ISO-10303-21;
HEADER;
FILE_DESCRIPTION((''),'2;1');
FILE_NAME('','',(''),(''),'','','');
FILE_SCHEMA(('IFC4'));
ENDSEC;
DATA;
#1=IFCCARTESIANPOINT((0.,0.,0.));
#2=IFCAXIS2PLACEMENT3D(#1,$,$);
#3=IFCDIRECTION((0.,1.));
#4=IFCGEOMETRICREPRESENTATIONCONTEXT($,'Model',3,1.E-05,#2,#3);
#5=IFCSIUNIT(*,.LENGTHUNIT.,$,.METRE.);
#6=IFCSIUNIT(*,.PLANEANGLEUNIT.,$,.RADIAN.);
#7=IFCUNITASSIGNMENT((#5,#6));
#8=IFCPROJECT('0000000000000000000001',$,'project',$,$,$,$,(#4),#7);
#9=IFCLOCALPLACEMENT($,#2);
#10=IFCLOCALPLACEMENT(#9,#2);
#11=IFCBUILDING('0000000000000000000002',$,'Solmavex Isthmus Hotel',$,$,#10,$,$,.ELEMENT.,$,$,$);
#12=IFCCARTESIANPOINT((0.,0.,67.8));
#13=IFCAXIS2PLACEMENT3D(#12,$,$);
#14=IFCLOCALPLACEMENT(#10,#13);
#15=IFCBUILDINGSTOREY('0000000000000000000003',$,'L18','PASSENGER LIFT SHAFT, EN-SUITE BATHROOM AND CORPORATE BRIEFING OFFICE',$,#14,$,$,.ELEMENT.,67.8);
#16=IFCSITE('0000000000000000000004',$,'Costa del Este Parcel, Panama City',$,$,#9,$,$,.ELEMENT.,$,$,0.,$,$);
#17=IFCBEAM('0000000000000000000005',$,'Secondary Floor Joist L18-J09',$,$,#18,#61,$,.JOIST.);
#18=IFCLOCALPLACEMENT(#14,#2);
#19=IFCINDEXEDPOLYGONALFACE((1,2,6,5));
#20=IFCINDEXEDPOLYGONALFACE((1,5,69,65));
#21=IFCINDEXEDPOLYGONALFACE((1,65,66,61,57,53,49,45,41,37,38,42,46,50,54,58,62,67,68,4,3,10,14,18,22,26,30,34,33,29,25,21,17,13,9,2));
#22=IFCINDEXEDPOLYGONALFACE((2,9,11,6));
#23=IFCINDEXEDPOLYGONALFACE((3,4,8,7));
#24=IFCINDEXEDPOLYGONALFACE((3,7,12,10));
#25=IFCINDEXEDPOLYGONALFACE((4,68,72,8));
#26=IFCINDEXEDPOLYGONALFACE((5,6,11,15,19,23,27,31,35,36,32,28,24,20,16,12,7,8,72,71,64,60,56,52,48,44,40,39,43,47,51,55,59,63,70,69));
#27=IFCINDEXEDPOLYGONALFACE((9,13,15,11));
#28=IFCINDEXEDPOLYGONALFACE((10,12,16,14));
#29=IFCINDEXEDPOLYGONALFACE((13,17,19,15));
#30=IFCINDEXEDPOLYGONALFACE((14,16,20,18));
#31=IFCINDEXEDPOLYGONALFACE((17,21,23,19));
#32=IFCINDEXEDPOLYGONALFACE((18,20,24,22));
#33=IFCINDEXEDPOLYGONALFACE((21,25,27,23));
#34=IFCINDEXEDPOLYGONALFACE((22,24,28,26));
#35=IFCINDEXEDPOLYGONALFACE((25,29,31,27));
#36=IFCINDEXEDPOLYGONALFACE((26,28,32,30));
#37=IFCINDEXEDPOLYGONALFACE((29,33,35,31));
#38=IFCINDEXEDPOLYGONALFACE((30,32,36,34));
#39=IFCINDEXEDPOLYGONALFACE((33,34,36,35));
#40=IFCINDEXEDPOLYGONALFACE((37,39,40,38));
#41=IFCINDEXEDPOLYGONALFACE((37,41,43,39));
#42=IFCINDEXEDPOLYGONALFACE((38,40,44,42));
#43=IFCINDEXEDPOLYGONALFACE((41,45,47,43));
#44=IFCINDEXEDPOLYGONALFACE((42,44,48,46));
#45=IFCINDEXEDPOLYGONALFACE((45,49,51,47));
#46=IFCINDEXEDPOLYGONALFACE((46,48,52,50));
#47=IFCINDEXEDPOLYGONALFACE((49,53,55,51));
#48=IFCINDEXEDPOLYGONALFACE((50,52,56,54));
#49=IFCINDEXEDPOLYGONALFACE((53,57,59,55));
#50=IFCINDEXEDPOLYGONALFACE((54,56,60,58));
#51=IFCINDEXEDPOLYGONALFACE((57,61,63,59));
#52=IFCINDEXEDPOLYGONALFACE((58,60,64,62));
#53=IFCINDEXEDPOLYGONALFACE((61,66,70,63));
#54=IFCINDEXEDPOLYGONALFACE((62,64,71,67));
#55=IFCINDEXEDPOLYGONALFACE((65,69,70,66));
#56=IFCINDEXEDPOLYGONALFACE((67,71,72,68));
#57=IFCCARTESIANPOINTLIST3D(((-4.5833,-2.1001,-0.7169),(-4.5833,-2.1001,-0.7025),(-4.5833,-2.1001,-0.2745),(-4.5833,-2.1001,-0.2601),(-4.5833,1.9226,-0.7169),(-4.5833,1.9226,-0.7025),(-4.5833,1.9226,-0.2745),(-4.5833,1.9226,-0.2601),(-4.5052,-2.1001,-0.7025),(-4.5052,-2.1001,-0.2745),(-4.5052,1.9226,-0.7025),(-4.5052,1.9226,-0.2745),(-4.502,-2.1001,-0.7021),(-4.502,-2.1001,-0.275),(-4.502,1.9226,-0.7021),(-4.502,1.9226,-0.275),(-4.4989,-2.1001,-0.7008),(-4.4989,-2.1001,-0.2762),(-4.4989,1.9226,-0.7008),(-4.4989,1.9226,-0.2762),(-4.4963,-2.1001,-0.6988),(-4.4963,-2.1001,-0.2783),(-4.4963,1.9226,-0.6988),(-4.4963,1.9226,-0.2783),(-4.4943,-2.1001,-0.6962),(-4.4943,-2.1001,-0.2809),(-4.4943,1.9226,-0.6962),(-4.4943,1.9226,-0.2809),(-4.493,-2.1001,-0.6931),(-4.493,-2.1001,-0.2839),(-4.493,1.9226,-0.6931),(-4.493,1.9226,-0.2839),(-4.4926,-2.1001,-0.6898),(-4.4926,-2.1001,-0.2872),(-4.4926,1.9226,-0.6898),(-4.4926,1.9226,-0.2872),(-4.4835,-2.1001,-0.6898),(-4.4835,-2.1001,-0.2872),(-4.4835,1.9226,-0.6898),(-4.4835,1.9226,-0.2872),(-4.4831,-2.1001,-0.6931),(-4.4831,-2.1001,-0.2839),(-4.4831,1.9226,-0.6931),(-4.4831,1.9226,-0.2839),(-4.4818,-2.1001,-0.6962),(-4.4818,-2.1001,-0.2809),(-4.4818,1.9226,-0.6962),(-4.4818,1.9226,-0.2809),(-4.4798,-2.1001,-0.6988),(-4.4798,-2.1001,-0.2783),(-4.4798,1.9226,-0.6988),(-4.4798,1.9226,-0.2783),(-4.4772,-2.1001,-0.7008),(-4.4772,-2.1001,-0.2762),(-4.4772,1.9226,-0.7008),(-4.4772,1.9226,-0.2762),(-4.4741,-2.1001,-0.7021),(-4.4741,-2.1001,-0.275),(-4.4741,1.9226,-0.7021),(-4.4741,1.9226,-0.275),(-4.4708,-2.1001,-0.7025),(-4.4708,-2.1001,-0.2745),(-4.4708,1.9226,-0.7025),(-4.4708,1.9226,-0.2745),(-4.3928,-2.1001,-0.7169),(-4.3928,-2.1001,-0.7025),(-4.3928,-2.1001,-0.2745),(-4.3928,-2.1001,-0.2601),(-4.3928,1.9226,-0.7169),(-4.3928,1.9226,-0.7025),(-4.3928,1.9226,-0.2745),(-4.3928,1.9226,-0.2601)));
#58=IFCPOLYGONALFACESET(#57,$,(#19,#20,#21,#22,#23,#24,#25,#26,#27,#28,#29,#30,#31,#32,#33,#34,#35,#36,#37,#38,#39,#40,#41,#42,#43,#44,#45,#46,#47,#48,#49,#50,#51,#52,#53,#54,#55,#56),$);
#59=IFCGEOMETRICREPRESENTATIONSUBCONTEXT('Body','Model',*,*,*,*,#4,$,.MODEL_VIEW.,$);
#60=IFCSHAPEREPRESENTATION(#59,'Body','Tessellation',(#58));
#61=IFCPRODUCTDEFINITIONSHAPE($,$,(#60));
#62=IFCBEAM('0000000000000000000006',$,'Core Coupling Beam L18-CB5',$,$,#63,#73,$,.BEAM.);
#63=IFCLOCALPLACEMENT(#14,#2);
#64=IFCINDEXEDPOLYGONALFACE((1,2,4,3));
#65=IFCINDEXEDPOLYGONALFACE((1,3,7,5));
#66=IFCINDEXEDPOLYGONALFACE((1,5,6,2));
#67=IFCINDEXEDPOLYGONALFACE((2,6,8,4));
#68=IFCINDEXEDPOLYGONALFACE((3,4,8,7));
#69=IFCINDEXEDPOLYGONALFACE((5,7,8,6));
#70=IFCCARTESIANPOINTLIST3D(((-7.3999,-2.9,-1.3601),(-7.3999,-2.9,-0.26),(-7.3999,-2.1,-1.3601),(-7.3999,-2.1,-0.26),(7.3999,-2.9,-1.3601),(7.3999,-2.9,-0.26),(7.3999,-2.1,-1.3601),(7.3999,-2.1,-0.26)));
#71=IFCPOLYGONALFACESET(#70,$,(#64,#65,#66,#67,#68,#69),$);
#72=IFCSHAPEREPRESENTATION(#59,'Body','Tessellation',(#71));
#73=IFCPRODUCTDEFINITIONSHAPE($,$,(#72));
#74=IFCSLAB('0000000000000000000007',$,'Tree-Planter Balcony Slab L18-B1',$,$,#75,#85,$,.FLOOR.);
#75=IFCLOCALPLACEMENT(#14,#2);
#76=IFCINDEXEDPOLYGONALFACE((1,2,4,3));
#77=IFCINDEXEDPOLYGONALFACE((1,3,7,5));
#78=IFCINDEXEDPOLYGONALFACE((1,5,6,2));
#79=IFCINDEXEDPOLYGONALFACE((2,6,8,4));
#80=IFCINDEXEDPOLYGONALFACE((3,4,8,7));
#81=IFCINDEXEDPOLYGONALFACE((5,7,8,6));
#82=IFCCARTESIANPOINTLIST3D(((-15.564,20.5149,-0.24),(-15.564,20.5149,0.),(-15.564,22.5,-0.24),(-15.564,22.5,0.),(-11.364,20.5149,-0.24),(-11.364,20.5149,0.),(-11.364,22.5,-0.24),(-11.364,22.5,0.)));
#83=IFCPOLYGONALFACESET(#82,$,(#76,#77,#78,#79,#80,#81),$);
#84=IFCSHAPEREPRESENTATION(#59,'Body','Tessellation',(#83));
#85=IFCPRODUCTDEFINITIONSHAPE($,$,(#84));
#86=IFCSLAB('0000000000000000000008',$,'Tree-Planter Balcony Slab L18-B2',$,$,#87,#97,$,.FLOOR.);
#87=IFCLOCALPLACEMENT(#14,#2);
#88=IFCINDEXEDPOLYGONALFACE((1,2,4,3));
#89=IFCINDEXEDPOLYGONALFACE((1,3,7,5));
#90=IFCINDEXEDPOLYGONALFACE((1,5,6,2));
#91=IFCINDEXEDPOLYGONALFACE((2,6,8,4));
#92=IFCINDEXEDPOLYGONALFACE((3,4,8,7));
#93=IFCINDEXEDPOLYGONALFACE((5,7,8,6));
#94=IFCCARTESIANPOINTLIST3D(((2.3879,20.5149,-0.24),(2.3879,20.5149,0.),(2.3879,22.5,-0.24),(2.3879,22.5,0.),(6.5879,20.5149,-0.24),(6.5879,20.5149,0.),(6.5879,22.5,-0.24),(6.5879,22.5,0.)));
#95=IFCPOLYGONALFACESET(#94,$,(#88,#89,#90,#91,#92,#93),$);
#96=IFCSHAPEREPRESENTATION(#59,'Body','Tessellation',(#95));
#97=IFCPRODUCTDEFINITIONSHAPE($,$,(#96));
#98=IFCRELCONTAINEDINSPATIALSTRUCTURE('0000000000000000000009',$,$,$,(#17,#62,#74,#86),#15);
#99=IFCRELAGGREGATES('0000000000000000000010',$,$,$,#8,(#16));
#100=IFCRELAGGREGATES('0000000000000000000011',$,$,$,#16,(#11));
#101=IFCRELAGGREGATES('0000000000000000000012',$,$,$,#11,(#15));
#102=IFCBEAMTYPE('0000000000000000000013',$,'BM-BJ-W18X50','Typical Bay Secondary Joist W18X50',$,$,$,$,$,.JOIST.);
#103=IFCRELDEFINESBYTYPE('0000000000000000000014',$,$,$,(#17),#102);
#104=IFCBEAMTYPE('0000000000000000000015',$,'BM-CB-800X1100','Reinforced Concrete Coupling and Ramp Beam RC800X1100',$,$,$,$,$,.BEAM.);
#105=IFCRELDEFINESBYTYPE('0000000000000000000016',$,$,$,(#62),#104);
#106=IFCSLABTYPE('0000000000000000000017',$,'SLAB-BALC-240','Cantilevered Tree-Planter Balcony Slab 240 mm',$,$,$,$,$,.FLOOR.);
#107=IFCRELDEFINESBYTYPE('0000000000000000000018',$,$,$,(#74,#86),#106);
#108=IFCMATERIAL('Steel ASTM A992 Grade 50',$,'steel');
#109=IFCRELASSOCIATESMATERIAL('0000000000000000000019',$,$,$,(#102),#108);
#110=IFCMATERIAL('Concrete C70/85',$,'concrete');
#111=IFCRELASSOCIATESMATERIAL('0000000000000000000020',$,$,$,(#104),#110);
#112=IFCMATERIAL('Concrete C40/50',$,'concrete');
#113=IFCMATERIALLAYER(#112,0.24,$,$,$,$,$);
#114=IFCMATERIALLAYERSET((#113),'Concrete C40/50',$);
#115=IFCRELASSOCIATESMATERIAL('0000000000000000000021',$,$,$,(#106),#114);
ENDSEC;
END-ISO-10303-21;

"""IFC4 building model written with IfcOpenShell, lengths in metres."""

from ifc_helpers import new_model, si_unit, direction, frame, origin, origin_2d, place, context, subcontext, project, spatial, polyline, rectangle, i_section, outline, extrude, material, layer, layer_set, material_profile, profile_set, type_object, element, save


model = new_model("IFC4")

# Units and contexts
model_context = context("Model", 3, precision=1e-05, world=origin(), true_north=direction((0.0, 1.0)))
body_context = subcontext(model_context, "Body", "Model", "MODEL_VIEW")
ifc_project = project(units=[si_unit("LENGTHUNIT", "METRE"), si_unit("PLANEANGLEUNIT", "RADIAN")], contexts=[model_context])

# Site, building, storey
site_placement = place(None, origin())
site = spatial("IfcSite", under=ifc_project, at=site_placement, Name="Costa del Este Parcel, Panama City", CompositionType="ELEMENT", RefElevation=0.0)
building_placement = place(site_placement, origin())
building = spatial("IfcBuilding", under=site, at=building_placement, Name="Solmavex Isthmus Hotel", CompositionType="ELEMENT")
storey_placement = place(building_placement, frame((0.0, 0.0, 67.8)))
storey = spatial("IfcBuildingStorey", under=building, at=storey_placement, Name="L18", Description="PASSENGER LIFT SHAFT, EN-SUITE BATHROOM AND CORPORATE BRIEFING OFFICE", CompositionType="ELEMENT", Elevation=67.8)

# Shared definitions
ifc_material_1 = material(Name="Concrete C70/85", Category="concrete")

# Beams
ifc_material_2 = material(Name="Steel ASTM A992 Grade 50", Category="steel")
ifc_material_profile_1 = material_profile(ifc_material_2, i_section(OverallWidth=0.1904, OverallDepth=0.4568, WebThickness=0.009, FlangeThickness=0.0144, FilletRadius=0.0127, at=origin_2d()), Name="W18X50")
ifc_profile_set_1 = profile_set([ifc_material_profile_1], Name="Steel ASTM A992 Grade 50")
beam_type_1 = type_object("IfcBeamType", Name="BM-BJ-W18X50", Description="Typical Bay Secondary Joist W18X50", PredefinedType="JOIST", material=ifc_profile_set_1)
for number, where, z_axis, x_axis, name in (
    (1, (-4.488, -2.1001, -0.4885), (0.0, 1.0, 0.0), (-1.0, 0.0, 0.0), "Secondary Floor Joist L18-J09"),
):
    element("IfcBeam", number, at=place(storey_placement, frame(where, z_axis=z_axis, x_axis=x_axis)), inside=storey, type_object=beam_type_1, Name=name, PredefinedType="JOIST", context=body_context, shape_type="SweptSolid", body=[
        extrude(i_section(OverallWidth=0.1904, OverallDepth=0.4568, WebThickness=0.009, FlangeThickness=0.0144, FilletRadius=0.0127, at=origin_2d()), origin(), (0.0, 0.0, 1.0), 4.0227),
    ])
ifc_material_profile_2 = material_profile(ifc_material_1, rectangle(XDim=0.8, YDim=1.1001, at=origin_2d()), Name="RC800X1100")
ifc_profile_set_2 = profile_set([ifc_material_profile_2], Name="Concrete C70/85")
beam_type_2 = type_object("IfcBeamType", Name="BM-CB-800X1100", Description="Reinforced Concrete Coupling and Ramp Beam RC800X1100", PredefinedType="BEAM", material=ifc_profile_set_2)
beam_placement = place(storey_placement, frame((-7.3999, -2.5, -0.8101), z_axis=(1.0, 0.0, 0.0), x_axis=(0.0, 1.0, 0.0)))
element("IfcBeam", 2, at=beam_placement, inside=storey, type_object=beam_type_2, Name="Core Coupling Beam L18-CB5", PredefinedType="BEAM", context=body_context, shape_type="SweptSolid", body=[
    extrude(rectangle(XDim=0.8, YDim=1.1001, at=origin_2d()), origin(), (0.0, 0.0, 1.0), 14.7998),
])

# Slabs
ifc_material_3 = material(Name="Concrete C40/50", Category="concrete")
ifc_layer_1 = layer(ifc_material_3, 0.24)
ifc_layer_set_1 = layer_set([ifc_layer_1], Name="Concrete C40/50")
slab_type_1 = type_object("IfcSlabType", Name="SLAB-BALC-240", Description="Cantilevered Tree-Planter Balcony Slab 240 mm", PredefinedType="FLOOR", material=ifc_layer_set_1)
slab_1_placement = place(storey_placement, frame((0.0, 0.0, -0.24)))
element("IfcSlab", 3, at=slab_1_placement, inside=storey, type_object=slab_type_1, Name="Tree-Planter Balcony Slab L18-B1", PredefinedType="FLOOR", context=body_context, shape_type="SweptSolid", body=[
    extrude(outline(polyline([(-15.564, 20.5149), (-11.364, 20.5149), (-11.364, 22.5), (-15.564, 22.5), (-15.564, 20.5149)])), origin(), (0.0, 0.0, 1.0), 0.24),
])
slab_2_placement = place(storey_placement, frame((0.0, 0.0, -0.24)))
element("IfcSlab", 4, at=slab_2_placement, inside=storey, type_object=slab_type_1, Name="Tree-Planter Balcony Slab L18-B2", PredefinedType="FLOOR", context=body_context, shape_type="SweptSolid", body=[
    extrude(outline(polyline([(2.3879, 20.5149), (6.5879, 20.5149), (6.5879, 22.5), (2.3879, 22.5), (2.3879, 20.5149)])), origin(), (0.0, 0.0, 1.0), 0.24),
])

save(model, "model.ifc")
